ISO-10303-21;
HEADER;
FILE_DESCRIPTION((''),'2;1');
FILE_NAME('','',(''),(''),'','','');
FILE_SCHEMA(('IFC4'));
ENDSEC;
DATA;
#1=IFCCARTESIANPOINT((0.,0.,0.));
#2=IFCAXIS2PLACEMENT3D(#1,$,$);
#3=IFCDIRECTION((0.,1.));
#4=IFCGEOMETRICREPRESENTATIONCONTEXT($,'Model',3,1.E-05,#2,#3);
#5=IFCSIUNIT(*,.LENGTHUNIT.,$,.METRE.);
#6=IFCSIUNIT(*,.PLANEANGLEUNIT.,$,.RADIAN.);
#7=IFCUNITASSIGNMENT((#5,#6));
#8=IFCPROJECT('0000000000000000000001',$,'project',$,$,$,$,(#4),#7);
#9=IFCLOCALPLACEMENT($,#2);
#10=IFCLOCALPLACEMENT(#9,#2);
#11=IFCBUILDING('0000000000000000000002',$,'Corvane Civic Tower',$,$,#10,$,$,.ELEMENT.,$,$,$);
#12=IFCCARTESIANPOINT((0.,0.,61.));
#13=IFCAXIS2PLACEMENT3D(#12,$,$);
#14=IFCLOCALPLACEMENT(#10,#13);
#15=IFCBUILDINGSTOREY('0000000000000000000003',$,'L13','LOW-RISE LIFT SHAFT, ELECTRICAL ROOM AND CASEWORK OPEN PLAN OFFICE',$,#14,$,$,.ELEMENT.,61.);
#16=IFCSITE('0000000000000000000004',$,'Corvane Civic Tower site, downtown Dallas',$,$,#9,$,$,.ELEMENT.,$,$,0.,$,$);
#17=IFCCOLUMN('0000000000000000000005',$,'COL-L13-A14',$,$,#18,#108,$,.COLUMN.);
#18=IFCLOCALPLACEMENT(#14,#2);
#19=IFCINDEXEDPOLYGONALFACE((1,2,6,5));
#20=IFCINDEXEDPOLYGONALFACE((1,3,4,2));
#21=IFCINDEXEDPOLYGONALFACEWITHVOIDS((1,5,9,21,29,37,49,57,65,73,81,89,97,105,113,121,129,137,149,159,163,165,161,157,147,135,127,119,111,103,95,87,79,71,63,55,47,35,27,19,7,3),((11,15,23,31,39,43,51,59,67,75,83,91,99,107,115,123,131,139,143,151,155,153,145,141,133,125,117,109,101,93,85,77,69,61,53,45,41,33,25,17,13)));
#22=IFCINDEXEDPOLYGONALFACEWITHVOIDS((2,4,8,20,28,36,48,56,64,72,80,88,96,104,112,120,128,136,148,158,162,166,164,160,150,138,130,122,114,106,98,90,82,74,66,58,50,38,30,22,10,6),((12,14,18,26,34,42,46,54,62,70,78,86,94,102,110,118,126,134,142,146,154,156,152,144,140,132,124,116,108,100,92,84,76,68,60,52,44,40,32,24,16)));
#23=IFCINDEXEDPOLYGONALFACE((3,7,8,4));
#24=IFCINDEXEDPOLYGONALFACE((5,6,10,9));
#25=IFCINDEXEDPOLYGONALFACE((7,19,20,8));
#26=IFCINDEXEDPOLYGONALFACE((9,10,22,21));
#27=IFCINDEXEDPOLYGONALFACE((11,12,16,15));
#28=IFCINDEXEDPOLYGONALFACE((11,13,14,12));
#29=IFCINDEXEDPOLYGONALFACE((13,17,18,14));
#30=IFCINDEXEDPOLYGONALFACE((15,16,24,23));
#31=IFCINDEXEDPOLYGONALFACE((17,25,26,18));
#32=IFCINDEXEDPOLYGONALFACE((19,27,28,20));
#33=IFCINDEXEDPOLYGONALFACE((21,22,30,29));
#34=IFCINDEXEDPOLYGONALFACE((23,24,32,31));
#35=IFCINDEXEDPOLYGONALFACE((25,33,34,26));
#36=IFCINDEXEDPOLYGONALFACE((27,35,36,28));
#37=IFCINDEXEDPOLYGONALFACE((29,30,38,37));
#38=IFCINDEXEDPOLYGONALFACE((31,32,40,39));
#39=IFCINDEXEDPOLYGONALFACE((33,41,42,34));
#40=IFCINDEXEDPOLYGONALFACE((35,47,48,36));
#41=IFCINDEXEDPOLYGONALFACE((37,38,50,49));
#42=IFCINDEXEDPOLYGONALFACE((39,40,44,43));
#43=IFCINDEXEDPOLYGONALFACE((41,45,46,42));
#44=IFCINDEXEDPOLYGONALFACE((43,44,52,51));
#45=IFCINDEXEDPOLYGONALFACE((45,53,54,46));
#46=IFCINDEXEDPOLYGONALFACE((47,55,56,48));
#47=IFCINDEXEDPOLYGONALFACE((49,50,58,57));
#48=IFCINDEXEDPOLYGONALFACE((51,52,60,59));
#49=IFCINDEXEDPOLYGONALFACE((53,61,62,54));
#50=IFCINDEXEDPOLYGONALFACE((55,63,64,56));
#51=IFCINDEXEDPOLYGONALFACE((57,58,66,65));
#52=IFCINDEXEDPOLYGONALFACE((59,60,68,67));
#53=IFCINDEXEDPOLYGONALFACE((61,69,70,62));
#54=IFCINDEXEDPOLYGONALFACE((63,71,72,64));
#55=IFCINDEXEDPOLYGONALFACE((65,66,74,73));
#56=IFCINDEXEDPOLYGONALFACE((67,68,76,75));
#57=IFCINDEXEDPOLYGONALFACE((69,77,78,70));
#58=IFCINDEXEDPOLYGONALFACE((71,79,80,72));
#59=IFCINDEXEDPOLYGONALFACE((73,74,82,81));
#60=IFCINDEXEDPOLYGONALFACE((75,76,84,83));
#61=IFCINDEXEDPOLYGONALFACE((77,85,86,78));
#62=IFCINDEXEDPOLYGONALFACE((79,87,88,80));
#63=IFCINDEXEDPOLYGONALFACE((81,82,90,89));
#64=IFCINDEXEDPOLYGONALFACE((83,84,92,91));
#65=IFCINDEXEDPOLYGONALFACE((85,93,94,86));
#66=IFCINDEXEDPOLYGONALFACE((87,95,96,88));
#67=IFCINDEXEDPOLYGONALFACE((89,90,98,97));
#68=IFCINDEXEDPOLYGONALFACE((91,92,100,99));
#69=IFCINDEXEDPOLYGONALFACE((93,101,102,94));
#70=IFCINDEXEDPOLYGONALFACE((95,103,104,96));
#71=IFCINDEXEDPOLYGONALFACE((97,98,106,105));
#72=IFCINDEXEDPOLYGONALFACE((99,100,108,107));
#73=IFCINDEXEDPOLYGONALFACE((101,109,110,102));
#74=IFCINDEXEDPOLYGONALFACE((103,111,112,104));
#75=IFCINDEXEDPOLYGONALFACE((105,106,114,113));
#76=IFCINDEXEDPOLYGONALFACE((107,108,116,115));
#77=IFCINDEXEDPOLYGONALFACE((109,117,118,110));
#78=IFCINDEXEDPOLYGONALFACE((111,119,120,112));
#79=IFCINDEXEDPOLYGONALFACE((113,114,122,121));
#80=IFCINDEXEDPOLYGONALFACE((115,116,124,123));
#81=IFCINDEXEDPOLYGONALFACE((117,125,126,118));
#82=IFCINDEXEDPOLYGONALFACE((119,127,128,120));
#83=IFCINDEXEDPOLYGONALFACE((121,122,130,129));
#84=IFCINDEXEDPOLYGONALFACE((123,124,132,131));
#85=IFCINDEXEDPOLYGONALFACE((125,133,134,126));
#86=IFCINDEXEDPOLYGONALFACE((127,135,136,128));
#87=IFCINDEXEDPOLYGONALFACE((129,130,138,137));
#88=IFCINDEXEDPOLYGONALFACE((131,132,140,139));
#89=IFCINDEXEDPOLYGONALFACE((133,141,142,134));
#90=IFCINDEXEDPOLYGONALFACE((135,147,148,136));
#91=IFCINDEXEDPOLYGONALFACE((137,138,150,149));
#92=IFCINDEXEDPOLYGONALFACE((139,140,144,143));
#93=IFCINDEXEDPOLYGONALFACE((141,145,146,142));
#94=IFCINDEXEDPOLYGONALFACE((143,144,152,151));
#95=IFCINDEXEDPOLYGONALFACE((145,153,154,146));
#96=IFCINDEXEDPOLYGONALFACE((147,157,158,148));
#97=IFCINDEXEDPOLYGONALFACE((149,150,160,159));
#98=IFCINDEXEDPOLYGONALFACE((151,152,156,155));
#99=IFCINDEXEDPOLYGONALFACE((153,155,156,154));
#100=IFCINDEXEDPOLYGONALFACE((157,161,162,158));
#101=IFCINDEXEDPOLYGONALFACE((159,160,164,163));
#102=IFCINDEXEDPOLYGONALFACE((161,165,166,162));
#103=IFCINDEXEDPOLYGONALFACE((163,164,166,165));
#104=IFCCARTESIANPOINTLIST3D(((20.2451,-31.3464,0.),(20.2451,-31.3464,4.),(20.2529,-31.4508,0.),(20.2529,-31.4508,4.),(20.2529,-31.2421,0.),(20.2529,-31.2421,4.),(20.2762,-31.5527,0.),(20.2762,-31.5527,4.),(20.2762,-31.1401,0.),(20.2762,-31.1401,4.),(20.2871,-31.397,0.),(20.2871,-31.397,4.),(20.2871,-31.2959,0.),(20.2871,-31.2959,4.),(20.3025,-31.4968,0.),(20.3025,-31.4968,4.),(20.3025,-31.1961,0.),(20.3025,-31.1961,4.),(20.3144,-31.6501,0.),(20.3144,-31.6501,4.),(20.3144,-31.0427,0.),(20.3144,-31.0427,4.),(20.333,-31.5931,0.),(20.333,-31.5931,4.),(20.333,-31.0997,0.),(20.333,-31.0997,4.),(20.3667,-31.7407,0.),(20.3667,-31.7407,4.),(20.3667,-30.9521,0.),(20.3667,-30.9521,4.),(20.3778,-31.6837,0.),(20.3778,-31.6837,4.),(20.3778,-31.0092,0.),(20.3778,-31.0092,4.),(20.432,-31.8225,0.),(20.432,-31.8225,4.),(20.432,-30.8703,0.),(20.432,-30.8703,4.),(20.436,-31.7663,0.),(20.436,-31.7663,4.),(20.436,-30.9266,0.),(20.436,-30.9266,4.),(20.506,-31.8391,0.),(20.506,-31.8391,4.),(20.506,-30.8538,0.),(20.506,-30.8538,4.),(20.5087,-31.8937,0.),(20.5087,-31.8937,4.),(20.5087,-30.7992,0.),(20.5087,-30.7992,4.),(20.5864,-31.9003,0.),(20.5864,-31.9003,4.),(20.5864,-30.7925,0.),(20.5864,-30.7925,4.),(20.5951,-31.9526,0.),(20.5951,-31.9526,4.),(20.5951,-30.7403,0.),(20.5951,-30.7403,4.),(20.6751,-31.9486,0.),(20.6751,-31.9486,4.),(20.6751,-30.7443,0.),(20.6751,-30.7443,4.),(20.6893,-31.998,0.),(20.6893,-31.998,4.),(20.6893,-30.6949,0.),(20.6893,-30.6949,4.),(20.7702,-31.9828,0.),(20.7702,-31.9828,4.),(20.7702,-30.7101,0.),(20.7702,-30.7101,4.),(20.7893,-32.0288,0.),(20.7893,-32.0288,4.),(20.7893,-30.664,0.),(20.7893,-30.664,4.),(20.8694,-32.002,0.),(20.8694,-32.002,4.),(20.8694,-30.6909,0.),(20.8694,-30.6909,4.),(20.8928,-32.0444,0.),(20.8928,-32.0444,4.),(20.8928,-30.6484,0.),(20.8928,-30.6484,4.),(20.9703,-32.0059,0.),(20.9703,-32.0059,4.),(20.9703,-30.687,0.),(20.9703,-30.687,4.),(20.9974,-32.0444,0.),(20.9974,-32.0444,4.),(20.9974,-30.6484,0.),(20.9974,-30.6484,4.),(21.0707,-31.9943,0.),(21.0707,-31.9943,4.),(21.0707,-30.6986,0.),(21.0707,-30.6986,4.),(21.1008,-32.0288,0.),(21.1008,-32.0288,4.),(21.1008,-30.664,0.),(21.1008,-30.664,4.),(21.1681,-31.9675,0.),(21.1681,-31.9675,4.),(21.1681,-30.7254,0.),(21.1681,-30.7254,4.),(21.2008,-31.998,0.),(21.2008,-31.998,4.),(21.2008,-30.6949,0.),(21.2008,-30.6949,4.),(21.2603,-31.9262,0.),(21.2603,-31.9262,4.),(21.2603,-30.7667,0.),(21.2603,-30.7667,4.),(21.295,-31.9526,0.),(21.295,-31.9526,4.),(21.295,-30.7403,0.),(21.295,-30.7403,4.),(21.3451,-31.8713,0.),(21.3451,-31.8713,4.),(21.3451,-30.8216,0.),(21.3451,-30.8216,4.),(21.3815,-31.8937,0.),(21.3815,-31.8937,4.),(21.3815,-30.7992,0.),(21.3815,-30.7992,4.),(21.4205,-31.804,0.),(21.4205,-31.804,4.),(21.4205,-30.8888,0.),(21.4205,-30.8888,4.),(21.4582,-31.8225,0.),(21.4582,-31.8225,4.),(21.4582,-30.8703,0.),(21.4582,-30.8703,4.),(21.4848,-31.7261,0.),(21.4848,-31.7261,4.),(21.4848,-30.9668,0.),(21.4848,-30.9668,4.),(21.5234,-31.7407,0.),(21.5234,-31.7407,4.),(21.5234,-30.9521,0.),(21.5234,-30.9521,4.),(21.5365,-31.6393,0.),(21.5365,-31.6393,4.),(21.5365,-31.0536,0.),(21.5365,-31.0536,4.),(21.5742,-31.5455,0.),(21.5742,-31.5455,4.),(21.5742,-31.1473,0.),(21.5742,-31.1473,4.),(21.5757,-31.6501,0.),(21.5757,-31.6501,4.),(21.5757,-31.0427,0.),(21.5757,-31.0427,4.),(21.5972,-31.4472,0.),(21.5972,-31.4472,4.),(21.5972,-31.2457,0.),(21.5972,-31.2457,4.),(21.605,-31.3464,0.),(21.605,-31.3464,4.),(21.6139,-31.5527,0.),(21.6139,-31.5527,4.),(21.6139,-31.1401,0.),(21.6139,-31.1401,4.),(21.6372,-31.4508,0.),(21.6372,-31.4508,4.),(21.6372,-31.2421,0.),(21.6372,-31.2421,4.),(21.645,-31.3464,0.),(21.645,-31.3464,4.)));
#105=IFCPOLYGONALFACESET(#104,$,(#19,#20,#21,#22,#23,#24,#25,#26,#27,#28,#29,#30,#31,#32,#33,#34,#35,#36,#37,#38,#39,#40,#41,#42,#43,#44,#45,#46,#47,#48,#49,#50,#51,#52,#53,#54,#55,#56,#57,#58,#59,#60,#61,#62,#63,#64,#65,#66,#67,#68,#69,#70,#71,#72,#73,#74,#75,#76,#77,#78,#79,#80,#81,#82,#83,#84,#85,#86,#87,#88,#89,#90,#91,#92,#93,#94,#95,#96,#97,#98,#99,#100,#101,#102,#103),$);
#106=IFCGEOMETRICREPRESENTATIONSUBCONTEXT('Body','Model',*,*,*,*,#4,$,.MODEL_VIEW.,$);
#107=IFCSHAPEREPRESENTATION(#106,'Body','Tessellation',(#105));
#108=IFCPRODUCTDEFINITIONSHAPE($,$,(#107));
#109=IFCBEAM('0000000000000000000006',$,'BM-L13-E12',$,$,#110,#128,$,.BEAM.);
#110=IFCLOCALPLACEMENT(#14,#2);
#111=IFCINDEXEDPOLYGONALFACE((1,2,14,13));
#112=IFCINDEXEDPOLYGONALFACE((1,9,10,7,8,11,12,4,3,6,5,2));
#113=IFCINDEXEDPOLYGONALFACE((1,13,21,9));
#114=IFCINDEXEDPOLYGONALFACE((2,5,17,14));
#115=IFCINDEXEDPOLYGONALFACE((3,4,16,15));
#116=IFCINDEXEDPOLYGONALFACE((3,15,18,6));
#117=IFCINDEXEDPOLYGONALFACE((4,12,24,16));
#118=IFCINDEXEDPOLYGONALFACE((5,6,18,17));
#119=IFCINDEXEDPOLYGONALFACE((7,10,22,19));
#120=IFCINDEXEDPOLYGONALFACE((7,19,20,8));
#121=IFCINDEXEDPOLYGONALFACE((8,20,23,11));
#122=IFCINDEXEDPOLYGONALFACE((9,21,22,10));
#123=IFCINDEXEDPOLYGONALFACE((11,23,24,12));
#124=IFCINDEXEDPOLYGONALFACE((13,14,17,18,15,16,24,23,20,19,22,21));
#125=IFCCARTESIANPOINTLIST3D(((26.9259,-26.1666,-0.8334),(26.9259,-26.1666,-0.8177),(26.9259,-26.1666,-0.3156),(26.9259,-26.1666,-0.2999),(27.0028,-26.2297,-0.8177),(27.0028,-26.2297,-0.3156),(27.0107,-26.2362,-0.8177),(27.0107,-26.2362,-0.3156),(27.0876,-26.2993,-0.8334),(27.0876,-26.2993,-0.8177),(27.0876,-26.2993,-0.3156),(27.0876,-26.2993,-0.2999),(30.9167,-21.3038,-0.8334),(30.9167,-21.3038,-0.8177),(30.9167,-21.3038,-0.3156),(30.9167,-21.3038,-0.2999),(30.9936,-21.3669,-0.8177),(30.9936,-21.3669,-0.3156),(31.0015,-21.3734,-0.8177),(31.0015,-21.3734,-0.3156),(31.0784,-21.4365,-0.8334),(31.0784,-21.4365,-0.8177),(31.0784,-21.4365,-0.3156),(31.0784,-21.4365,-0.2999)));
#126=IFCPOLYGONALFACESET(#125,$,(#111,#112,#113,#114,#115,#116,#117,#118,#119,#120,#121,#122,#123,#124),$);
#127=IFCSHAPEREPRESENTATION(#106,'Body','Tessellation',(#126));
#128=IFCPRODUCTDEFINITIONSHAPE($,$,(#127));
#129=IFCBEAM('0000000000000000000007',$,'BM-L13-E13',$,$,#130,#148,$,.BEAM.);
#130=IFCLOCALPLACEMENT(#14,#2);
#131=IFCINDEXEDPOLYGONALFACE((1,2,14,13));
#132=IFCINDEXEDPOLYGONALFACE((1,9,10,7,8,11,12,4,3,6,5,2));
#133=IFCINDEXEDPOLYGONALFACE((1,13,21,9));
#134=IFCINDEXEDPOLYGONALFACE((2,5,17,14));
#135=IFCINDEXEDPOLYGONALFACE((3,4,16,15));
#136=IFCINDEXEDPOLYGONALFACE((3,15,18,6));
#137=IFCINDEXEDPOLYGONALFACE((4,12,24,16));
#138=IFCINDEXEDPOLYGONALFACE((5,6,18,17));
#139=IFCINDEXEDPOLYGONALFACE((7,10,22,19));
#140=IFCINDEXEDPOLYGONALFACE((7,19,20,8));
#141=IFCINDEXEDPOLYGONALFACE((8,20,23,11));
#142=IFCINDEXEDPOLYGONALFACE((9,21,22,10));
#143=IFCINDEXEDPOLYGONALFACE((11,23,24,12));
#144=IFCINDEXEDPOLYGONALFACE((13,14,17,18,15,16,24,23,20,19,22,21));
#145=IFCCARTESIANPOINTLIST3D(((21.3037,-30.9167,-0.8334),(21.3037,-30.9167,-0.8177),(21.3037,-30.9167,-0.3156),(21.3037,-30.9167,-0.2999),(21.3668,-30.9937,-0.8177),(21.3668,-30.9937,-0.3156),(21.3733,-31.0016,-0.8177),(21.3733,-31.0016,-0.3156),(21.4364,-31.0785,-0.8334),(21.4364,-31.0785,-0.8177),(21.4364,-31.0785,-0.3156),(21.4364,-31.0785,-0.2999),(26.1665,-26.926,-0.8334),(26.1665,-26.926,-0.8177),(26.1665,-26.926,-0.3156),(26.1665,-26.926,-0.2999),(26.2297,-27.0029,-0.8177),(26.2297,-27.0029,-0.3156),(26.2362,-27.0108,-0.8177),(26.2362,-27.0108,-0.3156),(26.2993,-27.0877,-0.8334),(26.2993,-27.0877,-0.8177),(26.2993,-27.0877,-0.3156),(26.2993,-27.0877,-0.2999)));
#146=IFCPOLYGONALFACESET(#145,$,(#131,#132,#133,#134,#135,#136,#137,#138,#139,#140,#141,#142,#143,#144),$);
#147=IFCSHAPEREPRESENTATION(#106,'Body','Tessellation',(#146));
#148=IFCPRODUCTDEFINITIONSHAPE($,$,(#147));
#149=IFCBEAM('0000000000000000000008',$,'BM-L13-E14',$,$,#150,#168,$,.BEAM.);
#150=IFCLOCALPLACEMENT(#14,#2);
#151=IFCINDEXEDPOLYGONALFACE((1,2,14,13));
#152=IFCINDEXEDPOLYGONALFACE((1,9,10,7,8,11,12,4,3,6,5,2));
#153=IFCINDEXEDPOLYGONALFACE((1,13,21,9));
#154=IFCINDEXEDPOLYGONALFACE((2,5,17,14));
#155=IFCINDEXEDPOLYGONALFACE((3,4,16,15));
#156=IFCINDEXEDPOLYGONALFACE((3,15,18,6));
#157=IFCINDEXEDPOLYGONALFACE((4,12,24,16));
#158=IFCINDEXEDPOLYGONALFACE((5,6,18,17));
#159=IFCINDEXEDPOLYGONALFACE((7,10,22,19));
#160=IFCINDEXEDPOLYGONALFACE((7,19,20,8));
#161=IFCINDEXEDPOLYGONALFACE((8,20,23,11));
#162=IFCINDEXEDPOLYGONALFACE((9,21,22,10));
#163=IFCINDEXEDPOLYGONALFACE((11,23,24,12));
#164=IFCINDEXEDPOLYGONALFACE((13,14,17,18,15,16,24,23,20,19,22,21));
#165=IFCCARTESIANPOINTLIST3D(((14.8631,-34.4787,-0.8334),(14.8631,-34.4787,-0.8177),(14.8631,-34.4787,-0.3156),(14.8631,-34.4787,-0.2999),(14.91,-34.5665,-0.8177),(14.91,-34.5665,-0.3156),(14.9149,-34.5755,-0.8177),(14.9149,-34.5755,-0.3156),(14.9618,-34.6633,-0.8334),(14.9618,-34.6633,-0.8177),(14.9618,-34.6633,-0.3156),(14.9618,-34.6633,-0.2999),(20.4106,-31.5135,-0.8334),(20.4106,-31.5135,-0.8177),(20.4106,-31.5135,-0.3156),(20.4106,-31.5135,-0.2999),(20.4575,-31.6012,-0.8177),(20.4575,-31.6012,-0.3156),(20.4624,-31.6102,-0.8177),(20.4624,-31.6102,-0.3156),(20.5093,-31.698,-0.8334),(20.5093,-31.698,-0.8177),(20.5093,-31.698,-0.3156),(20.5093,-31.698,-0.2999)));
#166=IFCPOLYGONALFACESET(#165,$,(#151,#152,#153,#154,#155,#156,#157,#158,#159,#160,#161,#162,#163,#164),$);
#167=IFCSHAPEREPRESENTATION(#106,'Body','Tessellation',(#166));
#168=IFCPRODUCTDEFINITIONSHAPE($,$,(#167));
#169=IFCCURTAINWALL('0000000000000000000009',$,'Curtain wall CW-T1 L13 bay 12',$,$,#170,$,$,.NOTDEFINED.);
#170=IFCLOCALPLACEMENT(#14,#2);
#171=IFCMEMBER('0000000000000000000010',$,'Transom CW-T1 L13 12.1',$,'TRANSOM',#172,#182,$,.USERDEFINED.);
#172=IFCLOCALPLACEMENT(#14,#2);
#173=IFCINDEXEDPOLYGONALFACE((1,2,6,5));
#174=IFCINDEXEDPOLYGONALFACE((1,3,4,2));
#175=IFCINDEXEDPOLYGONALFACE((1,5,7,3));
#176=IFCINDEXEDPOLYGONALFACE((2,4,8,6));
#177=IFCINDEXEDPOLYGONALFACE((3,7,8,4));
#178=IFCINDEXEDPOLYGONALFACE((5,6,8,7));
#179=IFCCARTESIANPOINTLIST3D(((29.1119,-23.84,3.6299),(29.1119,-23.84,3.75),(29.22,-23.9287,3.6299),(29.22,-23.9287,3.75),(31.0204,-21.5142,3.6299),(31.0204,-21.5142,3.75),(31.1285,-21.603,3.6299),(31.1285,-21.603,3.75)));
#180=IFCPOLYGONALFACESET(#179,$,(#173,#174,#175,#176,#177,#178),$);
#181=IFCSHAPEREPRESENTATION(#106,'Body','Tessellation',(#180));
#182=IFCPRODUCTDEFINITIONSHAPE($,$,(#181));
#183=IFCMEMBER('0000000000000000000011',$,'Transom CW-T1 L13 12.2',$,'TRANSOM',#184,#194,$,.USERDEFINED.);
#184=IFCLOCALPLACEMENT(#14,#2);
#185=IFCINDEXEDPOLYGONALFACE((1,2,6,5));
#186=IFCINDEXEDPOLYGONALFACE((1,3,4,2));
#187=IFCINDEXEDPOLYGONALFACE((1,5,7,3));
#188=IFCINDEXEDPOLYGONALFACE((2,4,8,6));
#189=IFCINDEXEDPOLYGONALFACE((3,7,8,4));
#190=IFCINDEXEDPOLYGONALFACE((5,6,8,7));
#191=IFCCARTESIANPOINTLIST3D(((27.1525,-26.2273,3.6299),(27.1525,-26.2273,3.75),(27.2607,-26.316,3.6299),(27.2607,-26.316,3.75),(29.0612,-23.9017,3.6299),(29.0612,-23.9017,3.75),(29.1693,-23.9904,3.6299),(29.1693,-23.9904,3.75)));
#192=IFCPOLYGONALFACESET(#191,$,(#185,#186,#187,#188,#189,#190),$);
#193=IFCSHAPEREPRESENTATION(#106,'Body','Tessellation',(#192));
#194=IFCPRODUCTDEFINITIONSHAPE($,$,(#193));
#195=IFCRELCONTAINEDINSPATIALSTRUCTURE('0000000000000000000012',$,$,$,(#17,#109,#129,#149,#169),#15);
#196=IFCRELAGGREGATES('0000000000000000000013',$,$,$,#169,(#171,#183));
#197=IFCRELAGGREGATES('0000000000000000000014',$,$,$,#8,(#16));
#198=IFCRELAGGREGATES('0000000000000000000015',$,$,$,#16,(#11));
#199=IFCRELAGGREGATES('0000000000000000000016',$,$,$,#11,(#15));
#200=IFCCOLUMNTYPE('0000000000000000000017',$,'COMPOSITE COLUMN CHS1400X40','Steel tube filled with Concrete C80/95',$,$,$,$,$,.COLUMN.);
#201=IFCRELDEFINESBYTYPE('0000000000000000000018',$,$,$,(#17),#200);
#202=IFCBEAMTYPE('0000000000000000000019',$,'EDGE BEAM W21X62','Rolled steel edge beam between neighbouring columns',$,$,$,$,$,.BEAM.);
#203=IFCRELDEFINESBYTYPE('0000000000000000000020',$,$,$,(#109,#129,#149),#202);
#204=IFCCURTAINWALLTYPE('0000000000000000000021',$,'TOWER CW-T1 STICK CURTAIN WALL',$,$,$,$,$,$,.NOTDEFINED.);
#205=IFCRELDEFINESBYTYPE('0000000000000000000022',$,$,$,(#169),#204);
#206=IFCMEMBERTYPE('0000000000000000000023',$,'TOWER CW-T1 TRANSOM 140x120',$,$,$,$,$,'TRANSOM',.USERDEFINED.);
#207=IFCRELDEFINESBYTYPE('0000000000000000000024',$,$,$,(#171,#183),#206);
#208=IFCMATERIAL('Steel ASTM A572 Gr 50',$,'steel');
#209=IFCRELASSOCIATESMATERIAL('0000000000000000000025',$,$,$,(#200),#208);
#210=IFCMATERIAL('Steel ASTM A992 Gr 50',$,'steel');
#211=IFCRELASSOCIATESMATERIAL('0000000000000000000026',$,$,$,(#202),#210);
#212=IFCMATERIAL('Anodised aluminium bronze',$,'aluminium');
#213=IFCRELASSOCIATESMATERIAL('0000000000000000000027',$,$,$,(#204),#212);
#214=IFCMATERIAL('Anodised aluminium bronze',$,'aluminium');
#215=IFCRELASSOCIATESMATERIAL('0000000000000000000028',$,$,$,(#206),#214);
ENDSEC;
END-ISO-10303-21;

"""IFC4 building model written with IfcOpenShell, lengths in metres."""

from ifc_helpers import new_model, si_unit, direction, frame, origin, origin_2d, place, context, subcontext, project, spatial, rectangle, hollow_circle, i_section, extrude, material, material_profile, profile_set, type_object, element, aggregate, save


model = new_model("IFC4")

# Units and contexts
model_context = context("Model", 3, precision=1e-05, world=origin(), true_north=direction((0.0, 1.0)))
body_context = subcontext(model_context, "Body", "Model", "MODEL_VIEW")
ifc_project = project(units=[si_unit("LENGTHUNIT", "METRE"), si_unit("PLANEANGLEUNIT", "RADIAN")], contexts=[model_context])

# Site, building, storey
site_placement = place(None, origin())
site = spatial("IfcSite", under=ifc_project, at=site_placement, Name="Corvane Civic Tower site, downtown Dallas", CompositionType="ELEMENT", RefElevation=0.0)
building_placement = place(site_placement, origin())
building = spatial("IfcBuilding", under=site, at=building_placement, Name="Corvane Civic Tower", CompositionType="ELEMENT")
storey_placement = place(building_placement, frame((0.0, 0.0, 61.0)))
storey = spatial("IfcBuildingStorey", under=building, at=storey_placement, Name="L13", Description="LOW-RISE LIFT SHAFT, ELECTRICAL ROOM AND CASEWORK OPEN PLAN OFFICE", CompositionType="ELEMENT", Elevation=61.0)

# Column
ifc_material_1 = material(Name="Steel ASTM A572 Gr 50", Category="steel")
ifc_material_profile_1 = material_profile(ifc_material_1, hollow_circle(Radius=0.7, WallThickness=0.04, at=origin_2d()), Name="CHS1400X40")
ifc_profile_set_1 = profile_set([ifc_material_profile_1], Name="Steel ASTM A572 Gr 50")
column_type = type_object("IfcColumnType", Name="COMPOSITE COLUMN CHS1400X40", Description="Steel tube filled with Concrete C80/95", PredefinedType="COLUMN", material=ifc_profile_set_1)
for number, where, z_axis, x_axis, name in (
    (1, (20.9451, -31.3464, 0.0), (0.0, 0.0, 1.0), (1.0, 0.0, 0.0), "COL-L13-A14"),
):
    element("IfcColumn", number, at=place(storey_placement, frame(where, z_axis=z_axis, x_axis=x_axis)), inside=storey, type_object=column_type, Name=name, PredefinedType="COLUMN", context=body_context, shape_type="SweptSolid", body=[
        extrude(hollow_circle(Radius=0.7, WallThickness=0.04, at=origin_2d()), origin(), (0.0, 0.0, 1.0), 4.0),
    ])

# Beams
ifc_material_2 = material(Name="Steel ASTM A992 Gr 50", Category="steel")
ifc_material_profile_2 = material_profile(ifc_material_2, i_section(OverallWidth=0.2092, OverallDepth=0.5334, WebThickness=0.0103, FlangeThickness=0.0156, at=origin_2d()), Name="W21X62")
ifc_profile_set_2 = profile_set([ifc_material_profile_2], Name="Steel ASTM A992 Gr 50")
beam_type = type_object("IfcBeamType", Name="EDGE BEAM W21X62", Description="Rolled steel edge beam between neighbouring columns", PredefinedType="BEAM", material=ifc_profile_set_2)
for number, where, z_axis, x_axis, name in (
    (2, (30.9976, -21.3701, -0.5667), (-0.634387, -0.773016, 0.0), (0.773016, -0.634387, 0.0), "BM-L13-E12"),
    (3, (26.2329, -27.0068, -0.5667), (-0.773016, -0.634387, 0.0), (0.634387, -0.773016, 0.0), "BM-L13-E13"),
):
    element("IfcBeam", number, at=place(storey_placement, frame(where, z_axis=z_axis, x_axis=x_axis)), inside=storey, type_object=beam_type, Name=name, PredefinedType="BEAM", context=body_context, shape_type="SweptSolid", body=[
        extrude(i_section(OverallWidth=0.2092, OverallDepth=0.5334, WebThickness=0.0103, FlangeThickness=0.0156, at=origin_2d()), origin(), (0.0, 0.0, 1.0), 6.2908),
    ])
beam_placement = place(storey_placement, frame((20.46, -31.6057, -0.5667), z_axis=(-0.881916, -0.471406, 0.0), x_axis=(0.471406, -0.881916, 0.0)))
element("IfcBeam", 4, at=beam_placement, inside=storey, type_object=beam_type, Name="BM-L13-E14", PredefinedType="BEAM", context=body_context, shape_type="SweptSolid", body=[
    extrude(i_section(OverallWidth=0.2092, OverallDepth=0.5334, WebThickness=0.0103, FlangeThickness=0.0156, at=origin_2d()), origin(), (0.0, 0.0, 1.0), 6.2903),
])

# Curtain wall, members
ifc_material_3 = material(Name="Anodised aluminium bronze", Category="aluminium")
curtain_wall_type = type_object("IfcCurtainWallType", Name="TOWER CW-T1 STICK CURTAIN WALL", PredefinedType="NOTDEFINED", material=ifc_material_3)
curtain_wall_1_placement = place(storey_placement, origin())
curtain_wall_1 = element("IfcCurtainWall", 5, at=curtain_wall_1_placement, inside=storey, type_object=curtain_wall_type, Name="Curtain wall CW-T1 L13 bay 12", PredefinedType="NOTDEFINED")
ifc_material_4 = material(Name="Anodised aluminium bronze", Category="aluminium")
ifc_material_profile_3 = material_profile(ifc_material_4, rectangle(XDim=0.1399, YDim=0.1201, at=origin_2d()), Name="TOWER CW-T1 TRANSOM 140x120")
ifc_profile_set_3 = profile_set([ifc_material_profile_3], Name="Anodised aluminium bronze")
member_type_1 = type_object("IfcMemberType", Name="TOWER CW-T1 TRANSOM 140x120", ElementType="TRANSOM", PredefinedType="USERDEFINED", material=ifc_profile_set_3)
member_1_placement = place(storey_placement, frame((31.0745, -21.5586, 3.6899), z_axis=(-0.634355, -0.773042, 0.0), x_axis=(0.773042, -0.634355, 0.0)))
member_1 = element("IfcMember", 6, at=member_1_placement, type_object=member_type_1, Name="Transom CW-T1 L13 12.1", ObjectType="TRANSOM", PredefinedType="USERDEFINED", context=body_context, shape_type="SweptSolid", body=[
    extrude(rectangle(XDim=0.1399, YDim=0.1201, at=origin_2d()), origin(), (0.0, 0.0, 1.0), 3.0085),
])
member_2_placement = place(storey_placement, frame((29.1152, -23.946, 3.6899), z_axis=(-0.634404, -0.773002, 0.0), x_axis=(0.773002, -0.634404, 0.0)))
member_2 = element("IfcMember", 7, at=member_2_placement, type_object=member_type_1, Name="Transom CW-T1 L13 12.2", ObjectType="TRANSOM", PredefinedType="USERDEFINED", context=body_context, shape_type="SweptSolid", body=[
    extrude(rectangle(XDim=0.1399, YDim=0.1201, at=origin_2d()), origin(), (0.0, 0.0, 1.0), 3.0085),
])

aggregate(curtain_wall_1, [member_1, member_2])

save(model, "model.ifc")
